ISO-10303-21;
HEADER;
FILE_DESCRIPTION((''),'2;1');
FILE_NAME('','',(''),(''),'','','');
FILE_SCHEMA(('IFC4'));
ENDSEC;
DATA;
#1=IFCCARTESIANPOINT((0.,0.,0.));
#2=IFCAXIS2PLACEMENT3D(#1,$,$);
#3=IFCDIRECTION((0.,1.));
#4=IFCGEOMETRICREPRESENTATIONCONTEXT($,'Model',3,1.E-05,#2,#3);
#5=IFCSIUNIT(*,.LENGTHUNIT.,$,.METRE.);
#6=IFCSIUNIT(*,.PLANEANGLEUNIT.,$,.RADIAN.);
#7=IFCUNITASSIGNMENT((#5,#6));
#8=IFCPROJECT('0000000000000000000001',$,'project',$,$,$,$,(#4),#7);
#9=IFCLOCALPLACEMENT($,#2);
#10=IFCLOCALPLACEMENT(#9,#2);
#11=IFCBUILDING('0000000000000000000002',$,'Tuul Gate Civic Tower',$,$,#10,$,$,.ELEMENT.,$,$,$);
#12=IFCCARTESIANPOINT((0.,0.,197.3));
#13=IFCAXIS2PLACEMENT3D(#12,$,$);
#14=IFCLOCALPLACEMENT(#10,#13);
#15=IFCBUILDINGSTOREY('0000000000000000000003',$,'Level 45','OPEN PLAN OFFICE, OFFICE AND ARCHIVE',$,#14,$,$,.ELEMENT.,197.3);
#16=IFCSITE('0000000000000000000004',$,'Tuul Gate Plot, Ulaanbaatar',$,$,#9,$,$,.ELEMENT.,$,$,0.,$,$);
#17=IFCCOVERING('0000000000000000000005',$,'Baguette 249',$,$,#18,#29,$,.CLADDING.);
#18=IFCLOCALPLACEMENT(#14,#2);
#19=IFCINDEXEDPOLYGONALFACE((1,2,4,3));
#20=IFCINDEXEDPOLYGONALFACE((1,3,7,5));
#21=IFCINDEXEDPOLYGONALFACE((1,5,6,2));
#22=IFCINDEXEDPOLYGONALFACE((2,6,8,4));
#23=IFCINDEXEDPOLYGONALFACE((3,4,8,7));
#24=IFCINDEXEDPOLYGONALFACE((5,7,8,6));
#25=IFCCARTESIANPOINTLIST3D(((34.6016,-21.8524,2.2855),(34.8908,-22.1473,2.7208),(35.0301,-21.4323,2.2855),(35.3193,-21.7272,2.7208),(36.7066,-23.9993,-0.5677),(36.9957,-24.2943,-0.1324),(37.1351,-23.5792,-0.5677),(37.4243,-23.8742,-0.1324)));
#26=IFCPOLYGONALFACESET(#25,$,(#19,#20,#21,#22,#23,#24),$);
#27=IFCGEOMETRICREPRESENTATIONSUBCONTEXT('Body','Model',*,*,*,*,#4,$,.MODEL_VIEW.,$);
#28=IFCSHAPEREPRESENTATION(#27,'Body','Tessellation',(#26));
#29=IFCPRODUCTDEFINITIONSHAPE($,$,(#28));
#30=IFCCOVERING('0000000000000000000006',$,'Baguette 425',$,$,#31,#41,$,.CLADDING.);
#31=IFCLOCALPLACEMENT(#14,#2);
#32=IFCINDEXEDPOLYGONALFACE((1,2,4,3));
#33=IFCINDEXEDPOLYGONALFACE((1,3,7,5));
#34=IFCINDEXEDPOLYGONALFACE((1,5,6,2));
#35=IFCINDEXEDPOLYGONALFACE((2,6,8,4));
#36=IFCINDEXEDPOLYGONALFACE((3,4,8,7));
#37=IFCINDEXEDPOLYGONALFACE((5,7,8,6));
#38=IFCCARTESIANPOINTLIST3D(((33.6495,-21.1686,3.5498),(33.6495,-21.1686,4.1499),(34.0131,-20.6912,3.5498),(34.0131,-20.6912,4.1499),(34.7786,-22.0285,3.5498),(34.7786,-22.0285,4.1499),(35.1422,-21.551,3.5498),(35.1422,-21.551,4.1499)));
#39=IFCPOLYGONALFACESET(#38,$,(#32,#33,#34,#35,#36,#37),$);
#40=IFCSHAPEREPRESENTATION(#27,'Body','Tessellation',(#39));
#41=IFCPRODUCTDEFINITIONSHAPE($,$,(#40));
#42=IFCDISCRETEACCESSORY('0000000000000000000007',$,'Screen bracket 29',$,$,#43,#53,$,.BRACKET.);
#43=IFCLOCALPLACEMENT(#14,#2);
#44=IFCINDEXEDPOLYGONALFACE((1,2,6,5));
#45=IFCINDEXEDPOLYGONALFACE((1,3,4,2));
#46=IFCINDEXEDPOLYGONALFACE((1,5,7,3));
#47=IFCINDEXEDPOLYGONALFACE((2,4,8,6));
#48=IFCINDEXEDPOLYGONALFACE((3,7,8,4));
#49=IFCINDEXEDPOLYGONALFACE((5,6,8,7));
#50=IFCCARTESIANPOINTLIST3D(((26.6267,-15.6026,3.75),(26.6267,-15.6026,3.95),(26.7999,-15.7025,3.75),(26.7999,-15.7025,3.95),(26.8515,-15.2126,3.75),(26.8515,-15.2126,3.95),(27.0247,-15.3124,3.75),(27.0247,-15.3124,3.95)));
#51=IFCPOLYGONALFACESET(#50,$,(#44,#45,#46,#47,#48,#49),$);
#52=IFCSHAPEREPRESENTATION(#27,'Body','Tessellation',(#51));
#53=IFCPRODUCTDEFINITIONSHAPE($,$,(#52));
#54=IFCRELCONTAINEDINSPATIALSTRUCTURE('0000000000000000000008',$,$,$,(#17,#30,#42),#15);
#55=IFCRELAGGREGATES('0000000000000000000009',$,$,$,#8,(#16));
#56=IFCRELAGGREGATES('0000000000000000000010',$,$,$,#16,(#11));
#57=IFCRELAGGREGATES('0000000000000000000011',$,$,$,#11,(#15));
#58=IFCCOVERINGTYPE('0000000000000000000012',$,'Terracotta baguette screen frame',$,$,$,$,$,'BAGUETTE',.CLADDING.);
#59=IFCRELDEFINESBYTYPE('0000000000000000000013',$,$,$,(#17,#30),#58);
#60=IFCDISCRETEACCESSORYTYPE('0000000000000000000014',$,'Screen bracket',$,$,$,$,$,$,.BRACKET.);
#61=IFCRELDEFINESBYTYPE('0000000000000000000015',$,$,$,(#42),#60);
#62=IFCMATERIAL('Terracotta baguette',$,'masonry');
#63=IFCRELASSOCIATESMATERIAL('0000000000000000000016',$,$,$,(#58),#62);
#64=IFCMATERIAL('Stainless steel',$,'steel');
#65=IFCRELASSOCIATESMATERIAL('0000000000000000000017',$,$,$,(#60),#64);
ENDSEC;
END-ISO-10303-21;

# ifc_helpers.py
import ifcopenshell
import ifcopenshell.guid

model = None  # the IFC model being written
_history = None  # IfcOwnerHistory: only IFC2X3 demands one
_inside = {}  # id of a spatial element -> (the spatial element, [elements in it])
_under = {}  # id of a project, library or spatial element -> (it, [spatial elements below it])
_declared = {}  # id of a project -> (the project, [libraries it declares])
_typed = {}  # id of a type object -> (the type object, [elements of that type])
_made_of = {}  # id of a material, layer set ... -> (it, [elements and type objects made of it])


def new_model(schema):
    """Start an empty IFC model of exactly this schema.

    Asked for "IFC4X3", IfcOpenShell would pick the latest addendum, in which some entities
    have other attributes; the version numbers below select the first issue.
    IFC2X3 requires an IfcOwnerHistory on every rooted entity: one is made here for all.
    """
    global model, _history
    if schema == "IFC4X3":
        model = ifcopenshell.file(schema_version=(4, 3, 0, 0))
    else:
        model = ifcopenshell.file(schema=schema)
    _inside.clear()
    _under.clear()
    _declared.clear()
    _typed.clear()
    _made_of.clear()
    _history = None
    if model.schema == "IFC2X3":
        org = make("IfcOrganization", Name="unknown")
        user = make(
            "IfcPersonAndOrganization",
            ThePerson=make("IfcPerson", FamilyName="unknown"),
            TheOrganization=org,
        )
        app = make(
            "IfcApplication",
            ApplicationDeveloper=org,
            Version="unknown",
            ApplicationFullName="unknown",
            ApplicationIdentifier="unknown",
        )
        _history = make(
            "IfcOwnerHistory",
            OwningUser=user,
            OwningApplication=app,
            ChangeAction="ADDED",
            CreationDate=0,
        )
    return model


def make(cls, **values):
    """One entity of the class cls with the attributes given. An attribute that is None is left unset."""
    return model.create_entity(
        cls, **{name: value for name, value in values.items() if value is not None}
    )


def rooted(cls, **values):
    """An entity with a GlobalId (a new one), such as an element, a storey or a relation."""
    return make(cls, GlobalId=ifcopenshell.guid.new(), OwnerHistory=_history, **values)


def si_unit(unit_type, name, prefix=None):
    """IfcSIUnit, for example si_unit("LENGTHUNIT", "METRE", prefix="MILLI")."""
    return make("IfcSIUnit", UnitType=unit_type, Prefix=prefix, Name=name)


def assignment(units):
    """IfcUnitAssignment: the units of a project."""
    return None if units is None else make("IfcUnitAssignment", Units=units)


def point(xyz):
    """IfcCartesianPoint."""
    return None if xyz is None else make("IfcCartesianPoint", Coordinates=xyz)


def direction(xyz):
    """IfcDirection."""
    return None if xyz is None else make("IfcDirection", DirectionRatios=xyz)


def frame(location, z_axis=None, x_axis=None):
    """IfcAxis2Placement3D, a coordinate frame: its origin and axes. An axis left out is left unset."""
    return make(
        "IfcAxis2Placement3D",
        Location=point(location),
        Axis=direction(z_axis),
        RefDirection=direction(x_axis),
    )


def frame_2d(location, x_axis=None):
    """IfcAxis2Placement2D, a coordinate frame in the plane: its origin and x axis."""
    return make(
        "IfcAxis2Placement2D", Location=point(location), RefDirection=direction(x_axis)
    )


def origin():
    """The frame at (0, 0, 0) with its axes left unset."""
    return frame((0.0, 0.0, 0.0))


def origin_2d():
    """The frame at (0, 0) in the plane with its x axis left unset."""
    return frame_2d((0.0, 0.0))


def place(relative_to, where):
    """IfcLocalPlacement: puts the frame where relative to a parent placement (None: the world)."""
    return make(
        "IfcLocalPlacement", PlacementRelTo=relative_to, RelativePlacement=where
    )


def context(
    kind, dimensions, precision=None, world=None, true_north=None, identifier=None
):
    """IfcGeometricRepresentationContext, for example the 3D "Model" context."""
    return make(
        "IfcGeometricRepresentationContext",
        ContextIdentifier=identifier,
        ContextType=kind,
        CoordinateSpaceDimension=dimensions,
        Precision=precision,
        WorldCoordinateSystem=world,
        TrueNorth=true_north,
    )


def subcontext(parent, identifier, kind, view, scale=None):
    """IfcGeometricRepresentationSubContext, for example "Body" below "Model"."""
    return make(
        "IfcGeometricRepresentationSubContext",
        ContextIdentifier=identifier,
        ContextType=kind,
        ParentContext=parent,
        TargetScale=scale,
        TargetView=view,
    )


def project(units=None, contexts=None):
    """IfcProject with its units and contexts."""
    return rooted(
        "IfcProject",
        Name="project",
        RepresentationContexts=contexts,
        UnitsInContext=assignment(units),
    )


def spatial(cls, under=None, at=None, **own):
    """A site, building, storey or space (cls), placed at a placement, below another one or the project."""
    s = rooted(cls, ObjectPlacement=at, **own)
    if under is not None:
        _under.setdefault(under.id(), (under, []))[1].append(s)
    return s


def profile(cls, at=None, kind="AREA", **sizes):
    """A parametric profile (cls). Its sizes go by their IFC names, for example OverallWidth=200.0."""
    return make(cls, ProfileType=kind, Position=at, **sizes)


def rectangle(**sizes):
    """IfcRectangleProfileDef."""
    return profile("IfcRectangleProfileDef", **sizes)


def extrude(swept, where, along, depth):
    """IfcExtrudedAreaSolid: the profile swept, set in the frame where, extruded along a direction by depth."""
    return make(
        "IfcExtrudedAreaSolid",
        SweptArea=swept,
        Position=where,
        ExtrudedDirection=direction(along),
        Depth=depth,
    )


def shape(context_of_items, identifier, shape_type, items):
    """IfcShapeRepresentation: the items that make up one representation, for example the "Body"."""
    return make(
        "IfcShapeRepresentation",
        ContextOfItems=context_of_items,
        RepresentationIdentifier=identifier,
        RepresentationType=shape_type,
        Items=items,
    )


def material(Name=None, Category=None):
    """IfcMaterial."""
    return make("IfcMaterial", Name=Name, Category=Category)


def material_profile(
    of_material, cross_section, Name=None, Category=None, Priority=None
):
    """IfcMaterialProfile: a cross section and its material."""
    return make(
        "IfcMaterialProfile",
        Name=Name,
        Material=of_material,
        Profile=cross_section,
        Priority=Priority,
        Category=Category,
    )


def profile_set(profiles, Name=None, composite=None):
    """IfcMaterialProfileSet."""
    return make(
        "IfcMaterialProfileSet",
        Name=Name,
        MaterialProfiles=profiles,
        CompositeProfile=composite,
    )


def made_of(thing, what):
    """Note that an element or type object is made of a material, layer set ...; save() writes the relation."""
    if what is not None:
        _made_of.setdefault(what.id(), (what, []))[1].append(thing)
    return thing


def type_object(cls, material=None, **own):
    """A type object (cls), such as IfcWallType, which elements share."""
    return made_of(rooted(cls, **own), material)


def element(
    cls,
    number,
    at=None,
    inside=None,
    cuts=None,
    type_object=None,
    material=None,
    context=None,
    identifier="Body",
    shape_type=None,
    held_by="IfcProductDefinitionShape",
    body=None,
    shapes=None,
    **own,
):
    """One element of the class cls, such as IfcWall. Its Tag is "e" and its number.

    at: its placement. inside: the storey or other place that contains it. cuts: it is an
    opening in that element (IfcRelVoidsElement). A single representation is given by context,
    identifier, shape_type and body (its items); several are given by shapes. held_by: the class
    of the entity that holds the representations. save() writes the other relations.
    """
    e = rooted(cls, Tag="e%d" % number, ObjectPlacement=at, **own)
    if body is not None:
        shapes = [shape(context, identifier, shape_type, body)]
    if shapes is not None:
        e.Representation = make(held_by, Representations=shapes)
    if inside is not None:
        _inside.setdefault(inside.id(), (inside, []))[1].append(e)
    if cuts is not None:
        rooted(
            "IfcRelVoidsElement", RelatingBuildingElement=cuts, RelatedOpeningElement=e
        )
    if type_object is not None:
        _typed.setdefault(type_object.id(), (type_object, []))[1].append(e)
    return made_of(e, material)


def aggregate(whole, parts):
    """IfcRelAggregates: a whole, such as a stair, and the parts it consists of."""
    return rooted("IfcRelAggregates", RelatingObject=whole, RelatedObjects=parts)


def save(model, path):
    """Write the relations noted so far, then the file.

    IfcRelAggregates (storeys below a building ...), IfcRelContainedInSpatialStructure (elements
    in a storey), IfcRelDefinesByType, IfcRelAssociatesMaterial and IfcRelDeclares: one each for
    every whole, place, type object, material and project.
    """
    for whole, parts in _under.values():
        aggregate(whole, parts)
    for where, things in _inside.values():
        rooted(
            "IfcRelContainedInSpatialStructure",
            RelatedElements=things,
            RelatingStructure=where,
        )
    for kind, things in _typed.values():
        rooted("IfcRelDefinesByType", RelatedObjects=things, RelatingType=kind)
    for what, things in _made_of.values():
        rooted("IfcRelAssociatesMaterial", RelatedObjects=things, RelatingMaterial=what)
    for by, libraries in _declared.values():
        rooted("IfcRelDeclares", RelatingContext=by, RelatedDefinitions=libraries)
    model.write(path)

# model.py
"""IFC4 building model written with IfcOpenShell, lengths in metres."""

from ifc_helpers import new_model, si_unit, direction, frame, origin, origin_2d, place, context, subcontext, project, spatial, rectangle, extrude, material, material_profile, profile_set, type_object, element, save


model = new_model("IFC4")

# Units and contexts
model_context = context("Model", 3, precision=1e-05, world=origin(), true_north=direction((0.0, 1.0)))
body_context = subcontext(model_context, "Body", "Model", "MODEL_VIEW")
ifc_project = project(units=[si_unit("LENGTHUNIT", "METRE"), si_unit("PLANEANGLEUNIT", "RADIAN")], contexts=[model_context])

# Site, building, storey
site_placement = place(None, origin())
site = spatial("IfcSite", under=ifc_project, at=site_placement, Name="Tuul Gate Plot, Ulaanbaatar", CompositionType="ELEMENT", RefElevation=0.0)
building_placement = place(site_placement, origin())
building = spatial("IfcBuilding", under=site, at=building_placement, Name="Tuul Gate Civic Tower", CompositionType="ELEMENT")
storey_placement = place(building_placement, frame((0.0, 0.0, 197.3)))
storey = spatial("IfcBuildingStorey", under=building, at=storey_placement, Name="Level 45", Description="OPEN PLAN OFFICE, OFFICE AND ARCHIVE", CompositionType="ELEMENT", Elevation=197.3)

# Coverings
ifc_material_1 = material(Name="Terracotta baguette", Category="masonry")
ifc_material_profile_1 = material_profile(ifc_material_1, rectangle(XDim=0.6001, YDim=0.6001, at=origin_2d()), Name="Terracotta baguette screen frame")
ifc_profile_set_1 = profile_set([ifc_material_profile_1], Name="Terracotta baguette")
covering_type = type_object("IfcCoveringType", Name="Terracotta baguette screen frame", ElementType="BAGUETTE", PredefinedType="CLADDING", material=ifc_profile_set_1)
covering_1_placement = place(storey_placement, frame((34.9604, -21.7898, 2.5032), z_axis=(0.507828, -0.517958, -0.688353), x_axis=(0.714055, 0.700089, 0.0)))
element("IfcCovering", 1, at=covering_1_placement, inside=storey, type_object=covering_type, Name="Baguette 249", PredefinedType="CLADDING", context=body_context, shape_type="SweptSolid", body=[
    extrude(rectangle(XDim=0.6001, YDim=0.6001, at=origin_2d()), origin(), (0.0, 0.0, 1.0), 4.145),
])
covering_2_placement = place(storey_placement, frame((33.8313, -20.9299, 3.8499), z_axis=(0.795582, -0.605846, 0.0), x_axis=(0.605846, 0.795582, 0.0)))
element("IfcCovering", 2, at=covering_2_placement, inside=storey, type_object=covering_type, Name="Baguette 425", PredefinedType="CLADDING", context=body_context, shape_type="SweptSolid", body=[
    extrude(rectangle(XDim=0.6001, YDim=0.6001, at=origin_2d()), origin(), (0.0, 0.0, 1.0), 1.4192),
])

# Discrete accessory
ifc_material_2 = material(Name="Stainless steel", Category="steel")
discrete_accessory_type = type_object("IfcDiscreteAccessoryType", Name="Screen bracket", PredefinedType="BRACKET", material=ifc_material_2)
discrete_accessory_placement = place(storey_placement, frame((26.8257, -15.4575, 3.75), z_axis=(0.0, 0.0, 1.0), x_axis=(-0.499373, -0.866387, 0.0)))
element("IfcDiscreteAccessory", 3, at=discrete_accessory_placement, inside=storey, type_object=discrete_accessory_type, Name="Screen bracket 29", PredefinedType="BRACKET", context=body_context, shape_type="SweptSolid", body=[
    extrude(rectangle(XDim=0.4502, YDim=0.2, at=origin_2d()), origin(), (0.0, 0.0, 1.0), 0.2),
])

save(model, "model.ifc")
